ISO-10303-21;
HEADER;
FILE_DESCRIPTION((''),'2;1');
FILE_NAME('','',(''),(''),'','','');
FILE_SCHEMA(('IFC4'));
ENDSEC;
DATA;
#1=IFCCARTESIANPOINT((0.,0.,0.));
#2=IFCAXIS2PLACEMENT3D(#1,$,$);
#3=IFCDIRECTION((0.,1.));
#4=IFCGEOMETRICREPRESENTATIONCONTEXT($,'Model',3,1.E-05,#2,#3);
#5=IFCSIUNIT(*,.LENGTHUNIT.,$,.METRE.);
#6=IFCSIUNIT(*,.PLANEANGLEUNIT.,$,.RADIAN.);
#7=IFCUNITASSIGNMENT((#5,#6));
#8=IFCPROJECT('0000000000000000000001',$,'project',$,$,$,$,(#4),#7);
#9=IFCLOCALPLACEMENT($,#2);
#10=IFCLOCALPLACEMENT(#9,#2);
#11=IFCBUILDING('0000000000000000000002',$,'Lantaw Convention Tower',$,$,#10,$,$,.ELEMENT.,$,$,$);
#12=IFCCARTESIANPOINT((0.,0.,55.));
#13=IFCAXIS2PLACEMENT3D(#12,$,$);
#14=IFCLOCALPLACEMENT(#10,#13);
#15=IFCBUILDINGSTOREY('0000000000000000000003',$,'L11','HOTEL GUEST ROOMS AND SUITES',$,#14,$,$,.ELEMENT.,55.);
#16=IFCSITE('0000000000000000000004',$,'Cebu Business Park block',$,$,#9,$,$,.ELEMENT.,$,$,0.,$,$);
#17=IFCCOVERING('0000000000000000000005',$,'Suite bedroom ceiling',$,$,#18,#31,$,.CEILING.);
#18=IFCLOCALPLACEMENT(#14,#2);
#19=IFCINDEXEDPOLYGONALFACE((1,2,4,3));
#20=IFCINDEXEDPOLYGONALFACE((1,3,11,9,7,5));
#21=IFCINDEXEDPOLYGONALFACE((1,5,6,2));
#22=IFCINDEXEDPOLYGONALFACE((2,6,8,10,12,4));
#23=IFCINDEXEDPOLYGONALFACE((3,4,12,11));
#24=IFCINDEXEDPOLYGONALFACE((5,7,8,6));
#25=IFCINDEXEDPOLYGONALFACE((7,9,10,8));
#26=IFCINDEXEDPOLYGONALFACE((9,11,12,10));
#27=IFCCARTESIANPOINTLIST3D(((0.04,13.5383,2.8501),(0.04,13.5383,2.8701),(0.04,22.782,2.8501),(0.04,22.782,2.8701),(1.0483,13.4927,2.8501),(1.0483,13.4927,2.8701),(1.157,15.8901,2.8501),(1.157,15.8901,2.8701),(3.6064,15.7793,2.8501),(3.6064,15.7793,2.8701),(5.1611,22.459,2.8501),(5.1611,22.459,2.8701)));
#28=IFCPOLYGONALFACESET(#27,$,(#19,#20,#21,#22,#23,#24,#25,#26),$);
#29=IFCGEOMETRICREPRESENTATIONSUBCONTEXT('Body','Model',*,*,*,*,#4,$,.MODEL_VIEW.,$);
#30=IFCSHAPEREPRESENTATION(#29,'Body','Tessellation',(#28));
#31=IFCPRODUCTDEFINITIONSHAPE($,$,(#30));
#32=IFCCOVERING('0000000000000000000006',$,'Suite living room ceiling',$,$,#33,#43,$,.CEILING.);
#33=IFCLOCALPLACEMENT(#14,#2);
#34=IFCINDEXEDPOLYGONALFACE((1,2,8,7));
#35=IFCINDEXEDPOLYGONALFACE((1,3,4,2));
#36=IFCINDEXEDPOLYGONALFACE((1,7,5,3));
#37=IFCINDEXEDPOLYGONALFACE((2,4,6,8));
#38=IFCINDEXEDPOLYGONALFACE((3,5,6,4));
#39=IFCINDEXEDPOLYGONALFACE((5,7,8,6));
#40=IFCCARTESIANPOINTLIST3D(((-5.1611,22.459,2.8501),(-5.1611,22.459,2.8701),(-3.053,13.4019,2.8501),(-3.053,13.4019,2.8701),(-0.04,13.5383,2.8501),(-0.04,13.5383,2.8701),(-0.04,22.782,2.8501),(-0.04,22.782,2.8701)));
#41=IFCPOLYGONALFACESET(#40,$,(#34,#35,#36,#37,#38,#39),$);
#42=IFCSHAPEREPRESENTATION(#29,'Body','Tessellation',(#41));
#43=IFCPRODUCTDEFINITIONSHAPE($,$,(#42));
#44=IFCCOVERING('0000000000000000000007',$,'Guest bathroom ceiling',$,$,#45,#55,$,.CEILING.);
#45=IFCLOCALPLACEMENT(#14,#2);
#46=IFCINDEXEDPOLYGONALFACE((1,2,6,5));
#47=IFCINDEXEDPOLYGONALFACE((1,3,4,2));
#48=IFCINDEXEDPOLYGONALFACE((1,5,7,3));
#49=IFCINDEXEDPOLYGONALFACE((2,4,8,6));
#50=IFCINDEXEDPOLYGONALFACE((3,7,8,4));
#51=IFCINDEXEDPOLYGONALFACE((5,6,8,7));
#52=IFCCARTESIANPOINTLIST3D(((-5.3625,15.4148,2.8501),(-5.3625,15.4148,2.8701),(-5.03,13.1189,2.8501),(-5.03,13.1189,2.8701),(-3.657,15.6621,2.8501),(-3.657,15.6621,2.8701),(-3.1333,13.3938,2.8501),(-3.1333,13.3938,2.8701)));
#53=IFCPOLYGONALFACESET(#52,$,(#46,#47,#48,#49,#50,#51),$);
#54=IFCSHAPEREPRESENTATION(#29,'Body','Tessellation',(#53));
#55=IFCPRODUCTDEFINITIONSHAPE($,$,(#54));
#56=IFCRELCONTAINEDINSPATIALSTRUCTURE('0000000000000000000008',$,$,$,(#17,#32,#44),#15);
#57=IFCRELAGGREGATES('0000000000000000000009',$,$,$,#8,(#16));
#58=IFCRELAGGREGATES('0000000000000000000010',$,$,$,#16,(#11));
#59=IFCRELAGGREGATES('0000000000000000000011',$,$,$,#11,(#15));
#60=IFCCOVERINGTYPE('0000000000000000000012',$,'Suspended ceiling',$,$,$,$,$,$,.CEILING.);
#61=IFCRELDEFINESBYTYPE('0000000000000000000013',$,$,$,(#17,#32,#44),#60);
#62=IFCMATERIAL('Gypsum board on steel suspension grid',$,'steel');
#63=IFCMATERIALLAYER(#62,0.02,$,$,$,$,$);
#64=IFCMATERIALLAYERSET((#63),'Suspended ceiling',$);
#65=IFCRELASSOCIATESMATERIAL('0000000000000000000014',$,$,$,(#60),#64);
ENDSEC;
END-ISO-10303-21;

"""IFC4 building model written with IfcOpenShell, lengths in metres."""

from ifc_helpers import new_model, si_unit, direction, frame, origin, place, context, subcontext, project, spatial, polyline, outline, extrude, material, layer, layer_set, type_object, element, save


model = new_model("IFC4")

# Units and contexts
model_context = context("Model", 3, precision=1e-05, world=origin(), true_north=direction((0.0, 1.0)))
body_context = subcontext(model_context, "Body", "Model", "MODEL_VIEW")
ifc_project = project(units=[si_unit("LENGTHUNIT", "METRE"), si_unit("PLANEANGLEUNIT", "RADIAN")], contexts=[model_context])

# Site, building, storey
site_placement = place(None, origin())
site = spatial("IfcSite", under=ifc_project, at=site_placement, Name="Cebu Business Park block", CompositionType="ELEMENT", RefElevation=0.0)
building_placement = place(site_placement, origin())
building = spatial("IfcBuilding", under=site, at=building_placement, Name="Lantaw Convention Tower", CompositionType="ELEMENT")
storey_placement = place(building_placement, frame((0.0, 0.0, 55.0)))
storey = spatial("IfcBuildingStorey", under=building, at=storey_placement, Name="L11", Description="HOTEL GUEST ROOMS AND SUITES", CompositionType="ELEMENT", Elevation=55.0)

# Coverings
ifc_material_1 = material(Name="Gypsum board on steel suspension grid", Category="steel")
ifc_layer_1 = layer(ifc_material_1, 0.02)
ifc_layer_set_1 = layer_set([ifc_layer_1], Name="Suspended ceiling")
covering_type = type_object("IfcCoveringType", Name="Suspended ceiling", PredefinedType="CEILING", material=ifc_layer_set_1)
covering_1_placement = place(storey_placement, frame((0.0, 0.0, 2.8501)))
element("IfcCovering", 1, at=covering_1_placement, inside=storey, type_object=covering_type, Name="Suite bedroom ceiling", PredefinedType="CEILING", context=body_context, shape_type="SweptSolid", body=[
    extrude(outline(polyline([(0.04, 13.5383), (1.0483, 13.4927), (1.157, 15.8901), (3.6064, 15.7793), (5.1611, 22.459), (0.04, 22.782), (0.04, 13.5383)])), origin(), (0.0, 0.0, 1.0), 0.02),
])
covering_2_placement = place(storey_placement, frame((0.0, 0.0, 2.8501)))
element("IfcCovering", 2, at=covering_2_placement, inside=storey, type_object=covering_type, Name="Suite living room ceiling", PredefinedType="CEILING", context=body_context, shape_type="SweptSolid", body=[
    extrude(outline(polyline([(-0.04, 13.5383), (-0.04, 22.782), (-5.1611, 22.459), (-3.053, 13.4019), (-0.04, 13.5383)])), origin(), (0.0, 0.0, 1.0), 0.02),
])
covering_3_placement = place(storey_placement, frame((0.0, 0.0, 2.8501)))
element("IfcCovering", 3, at=covering_3_placement, inside=storey, type_object=covering_type, Name="Guest bathroom ceiling", PredefinedType="CEILING", context=body_context, shape_type="SweptSolid", body=[
    extrude(outline(polyline([(-3.1333, 13.3938), (-3.657, 15.6621), (-5.3625, 15.4148), (-5.03, 13.1189), (-3.1333, 13.3938)])), origin(), (0.0, 0.0, 1.0), 0.02),
])

save(model, "model.ifc")
